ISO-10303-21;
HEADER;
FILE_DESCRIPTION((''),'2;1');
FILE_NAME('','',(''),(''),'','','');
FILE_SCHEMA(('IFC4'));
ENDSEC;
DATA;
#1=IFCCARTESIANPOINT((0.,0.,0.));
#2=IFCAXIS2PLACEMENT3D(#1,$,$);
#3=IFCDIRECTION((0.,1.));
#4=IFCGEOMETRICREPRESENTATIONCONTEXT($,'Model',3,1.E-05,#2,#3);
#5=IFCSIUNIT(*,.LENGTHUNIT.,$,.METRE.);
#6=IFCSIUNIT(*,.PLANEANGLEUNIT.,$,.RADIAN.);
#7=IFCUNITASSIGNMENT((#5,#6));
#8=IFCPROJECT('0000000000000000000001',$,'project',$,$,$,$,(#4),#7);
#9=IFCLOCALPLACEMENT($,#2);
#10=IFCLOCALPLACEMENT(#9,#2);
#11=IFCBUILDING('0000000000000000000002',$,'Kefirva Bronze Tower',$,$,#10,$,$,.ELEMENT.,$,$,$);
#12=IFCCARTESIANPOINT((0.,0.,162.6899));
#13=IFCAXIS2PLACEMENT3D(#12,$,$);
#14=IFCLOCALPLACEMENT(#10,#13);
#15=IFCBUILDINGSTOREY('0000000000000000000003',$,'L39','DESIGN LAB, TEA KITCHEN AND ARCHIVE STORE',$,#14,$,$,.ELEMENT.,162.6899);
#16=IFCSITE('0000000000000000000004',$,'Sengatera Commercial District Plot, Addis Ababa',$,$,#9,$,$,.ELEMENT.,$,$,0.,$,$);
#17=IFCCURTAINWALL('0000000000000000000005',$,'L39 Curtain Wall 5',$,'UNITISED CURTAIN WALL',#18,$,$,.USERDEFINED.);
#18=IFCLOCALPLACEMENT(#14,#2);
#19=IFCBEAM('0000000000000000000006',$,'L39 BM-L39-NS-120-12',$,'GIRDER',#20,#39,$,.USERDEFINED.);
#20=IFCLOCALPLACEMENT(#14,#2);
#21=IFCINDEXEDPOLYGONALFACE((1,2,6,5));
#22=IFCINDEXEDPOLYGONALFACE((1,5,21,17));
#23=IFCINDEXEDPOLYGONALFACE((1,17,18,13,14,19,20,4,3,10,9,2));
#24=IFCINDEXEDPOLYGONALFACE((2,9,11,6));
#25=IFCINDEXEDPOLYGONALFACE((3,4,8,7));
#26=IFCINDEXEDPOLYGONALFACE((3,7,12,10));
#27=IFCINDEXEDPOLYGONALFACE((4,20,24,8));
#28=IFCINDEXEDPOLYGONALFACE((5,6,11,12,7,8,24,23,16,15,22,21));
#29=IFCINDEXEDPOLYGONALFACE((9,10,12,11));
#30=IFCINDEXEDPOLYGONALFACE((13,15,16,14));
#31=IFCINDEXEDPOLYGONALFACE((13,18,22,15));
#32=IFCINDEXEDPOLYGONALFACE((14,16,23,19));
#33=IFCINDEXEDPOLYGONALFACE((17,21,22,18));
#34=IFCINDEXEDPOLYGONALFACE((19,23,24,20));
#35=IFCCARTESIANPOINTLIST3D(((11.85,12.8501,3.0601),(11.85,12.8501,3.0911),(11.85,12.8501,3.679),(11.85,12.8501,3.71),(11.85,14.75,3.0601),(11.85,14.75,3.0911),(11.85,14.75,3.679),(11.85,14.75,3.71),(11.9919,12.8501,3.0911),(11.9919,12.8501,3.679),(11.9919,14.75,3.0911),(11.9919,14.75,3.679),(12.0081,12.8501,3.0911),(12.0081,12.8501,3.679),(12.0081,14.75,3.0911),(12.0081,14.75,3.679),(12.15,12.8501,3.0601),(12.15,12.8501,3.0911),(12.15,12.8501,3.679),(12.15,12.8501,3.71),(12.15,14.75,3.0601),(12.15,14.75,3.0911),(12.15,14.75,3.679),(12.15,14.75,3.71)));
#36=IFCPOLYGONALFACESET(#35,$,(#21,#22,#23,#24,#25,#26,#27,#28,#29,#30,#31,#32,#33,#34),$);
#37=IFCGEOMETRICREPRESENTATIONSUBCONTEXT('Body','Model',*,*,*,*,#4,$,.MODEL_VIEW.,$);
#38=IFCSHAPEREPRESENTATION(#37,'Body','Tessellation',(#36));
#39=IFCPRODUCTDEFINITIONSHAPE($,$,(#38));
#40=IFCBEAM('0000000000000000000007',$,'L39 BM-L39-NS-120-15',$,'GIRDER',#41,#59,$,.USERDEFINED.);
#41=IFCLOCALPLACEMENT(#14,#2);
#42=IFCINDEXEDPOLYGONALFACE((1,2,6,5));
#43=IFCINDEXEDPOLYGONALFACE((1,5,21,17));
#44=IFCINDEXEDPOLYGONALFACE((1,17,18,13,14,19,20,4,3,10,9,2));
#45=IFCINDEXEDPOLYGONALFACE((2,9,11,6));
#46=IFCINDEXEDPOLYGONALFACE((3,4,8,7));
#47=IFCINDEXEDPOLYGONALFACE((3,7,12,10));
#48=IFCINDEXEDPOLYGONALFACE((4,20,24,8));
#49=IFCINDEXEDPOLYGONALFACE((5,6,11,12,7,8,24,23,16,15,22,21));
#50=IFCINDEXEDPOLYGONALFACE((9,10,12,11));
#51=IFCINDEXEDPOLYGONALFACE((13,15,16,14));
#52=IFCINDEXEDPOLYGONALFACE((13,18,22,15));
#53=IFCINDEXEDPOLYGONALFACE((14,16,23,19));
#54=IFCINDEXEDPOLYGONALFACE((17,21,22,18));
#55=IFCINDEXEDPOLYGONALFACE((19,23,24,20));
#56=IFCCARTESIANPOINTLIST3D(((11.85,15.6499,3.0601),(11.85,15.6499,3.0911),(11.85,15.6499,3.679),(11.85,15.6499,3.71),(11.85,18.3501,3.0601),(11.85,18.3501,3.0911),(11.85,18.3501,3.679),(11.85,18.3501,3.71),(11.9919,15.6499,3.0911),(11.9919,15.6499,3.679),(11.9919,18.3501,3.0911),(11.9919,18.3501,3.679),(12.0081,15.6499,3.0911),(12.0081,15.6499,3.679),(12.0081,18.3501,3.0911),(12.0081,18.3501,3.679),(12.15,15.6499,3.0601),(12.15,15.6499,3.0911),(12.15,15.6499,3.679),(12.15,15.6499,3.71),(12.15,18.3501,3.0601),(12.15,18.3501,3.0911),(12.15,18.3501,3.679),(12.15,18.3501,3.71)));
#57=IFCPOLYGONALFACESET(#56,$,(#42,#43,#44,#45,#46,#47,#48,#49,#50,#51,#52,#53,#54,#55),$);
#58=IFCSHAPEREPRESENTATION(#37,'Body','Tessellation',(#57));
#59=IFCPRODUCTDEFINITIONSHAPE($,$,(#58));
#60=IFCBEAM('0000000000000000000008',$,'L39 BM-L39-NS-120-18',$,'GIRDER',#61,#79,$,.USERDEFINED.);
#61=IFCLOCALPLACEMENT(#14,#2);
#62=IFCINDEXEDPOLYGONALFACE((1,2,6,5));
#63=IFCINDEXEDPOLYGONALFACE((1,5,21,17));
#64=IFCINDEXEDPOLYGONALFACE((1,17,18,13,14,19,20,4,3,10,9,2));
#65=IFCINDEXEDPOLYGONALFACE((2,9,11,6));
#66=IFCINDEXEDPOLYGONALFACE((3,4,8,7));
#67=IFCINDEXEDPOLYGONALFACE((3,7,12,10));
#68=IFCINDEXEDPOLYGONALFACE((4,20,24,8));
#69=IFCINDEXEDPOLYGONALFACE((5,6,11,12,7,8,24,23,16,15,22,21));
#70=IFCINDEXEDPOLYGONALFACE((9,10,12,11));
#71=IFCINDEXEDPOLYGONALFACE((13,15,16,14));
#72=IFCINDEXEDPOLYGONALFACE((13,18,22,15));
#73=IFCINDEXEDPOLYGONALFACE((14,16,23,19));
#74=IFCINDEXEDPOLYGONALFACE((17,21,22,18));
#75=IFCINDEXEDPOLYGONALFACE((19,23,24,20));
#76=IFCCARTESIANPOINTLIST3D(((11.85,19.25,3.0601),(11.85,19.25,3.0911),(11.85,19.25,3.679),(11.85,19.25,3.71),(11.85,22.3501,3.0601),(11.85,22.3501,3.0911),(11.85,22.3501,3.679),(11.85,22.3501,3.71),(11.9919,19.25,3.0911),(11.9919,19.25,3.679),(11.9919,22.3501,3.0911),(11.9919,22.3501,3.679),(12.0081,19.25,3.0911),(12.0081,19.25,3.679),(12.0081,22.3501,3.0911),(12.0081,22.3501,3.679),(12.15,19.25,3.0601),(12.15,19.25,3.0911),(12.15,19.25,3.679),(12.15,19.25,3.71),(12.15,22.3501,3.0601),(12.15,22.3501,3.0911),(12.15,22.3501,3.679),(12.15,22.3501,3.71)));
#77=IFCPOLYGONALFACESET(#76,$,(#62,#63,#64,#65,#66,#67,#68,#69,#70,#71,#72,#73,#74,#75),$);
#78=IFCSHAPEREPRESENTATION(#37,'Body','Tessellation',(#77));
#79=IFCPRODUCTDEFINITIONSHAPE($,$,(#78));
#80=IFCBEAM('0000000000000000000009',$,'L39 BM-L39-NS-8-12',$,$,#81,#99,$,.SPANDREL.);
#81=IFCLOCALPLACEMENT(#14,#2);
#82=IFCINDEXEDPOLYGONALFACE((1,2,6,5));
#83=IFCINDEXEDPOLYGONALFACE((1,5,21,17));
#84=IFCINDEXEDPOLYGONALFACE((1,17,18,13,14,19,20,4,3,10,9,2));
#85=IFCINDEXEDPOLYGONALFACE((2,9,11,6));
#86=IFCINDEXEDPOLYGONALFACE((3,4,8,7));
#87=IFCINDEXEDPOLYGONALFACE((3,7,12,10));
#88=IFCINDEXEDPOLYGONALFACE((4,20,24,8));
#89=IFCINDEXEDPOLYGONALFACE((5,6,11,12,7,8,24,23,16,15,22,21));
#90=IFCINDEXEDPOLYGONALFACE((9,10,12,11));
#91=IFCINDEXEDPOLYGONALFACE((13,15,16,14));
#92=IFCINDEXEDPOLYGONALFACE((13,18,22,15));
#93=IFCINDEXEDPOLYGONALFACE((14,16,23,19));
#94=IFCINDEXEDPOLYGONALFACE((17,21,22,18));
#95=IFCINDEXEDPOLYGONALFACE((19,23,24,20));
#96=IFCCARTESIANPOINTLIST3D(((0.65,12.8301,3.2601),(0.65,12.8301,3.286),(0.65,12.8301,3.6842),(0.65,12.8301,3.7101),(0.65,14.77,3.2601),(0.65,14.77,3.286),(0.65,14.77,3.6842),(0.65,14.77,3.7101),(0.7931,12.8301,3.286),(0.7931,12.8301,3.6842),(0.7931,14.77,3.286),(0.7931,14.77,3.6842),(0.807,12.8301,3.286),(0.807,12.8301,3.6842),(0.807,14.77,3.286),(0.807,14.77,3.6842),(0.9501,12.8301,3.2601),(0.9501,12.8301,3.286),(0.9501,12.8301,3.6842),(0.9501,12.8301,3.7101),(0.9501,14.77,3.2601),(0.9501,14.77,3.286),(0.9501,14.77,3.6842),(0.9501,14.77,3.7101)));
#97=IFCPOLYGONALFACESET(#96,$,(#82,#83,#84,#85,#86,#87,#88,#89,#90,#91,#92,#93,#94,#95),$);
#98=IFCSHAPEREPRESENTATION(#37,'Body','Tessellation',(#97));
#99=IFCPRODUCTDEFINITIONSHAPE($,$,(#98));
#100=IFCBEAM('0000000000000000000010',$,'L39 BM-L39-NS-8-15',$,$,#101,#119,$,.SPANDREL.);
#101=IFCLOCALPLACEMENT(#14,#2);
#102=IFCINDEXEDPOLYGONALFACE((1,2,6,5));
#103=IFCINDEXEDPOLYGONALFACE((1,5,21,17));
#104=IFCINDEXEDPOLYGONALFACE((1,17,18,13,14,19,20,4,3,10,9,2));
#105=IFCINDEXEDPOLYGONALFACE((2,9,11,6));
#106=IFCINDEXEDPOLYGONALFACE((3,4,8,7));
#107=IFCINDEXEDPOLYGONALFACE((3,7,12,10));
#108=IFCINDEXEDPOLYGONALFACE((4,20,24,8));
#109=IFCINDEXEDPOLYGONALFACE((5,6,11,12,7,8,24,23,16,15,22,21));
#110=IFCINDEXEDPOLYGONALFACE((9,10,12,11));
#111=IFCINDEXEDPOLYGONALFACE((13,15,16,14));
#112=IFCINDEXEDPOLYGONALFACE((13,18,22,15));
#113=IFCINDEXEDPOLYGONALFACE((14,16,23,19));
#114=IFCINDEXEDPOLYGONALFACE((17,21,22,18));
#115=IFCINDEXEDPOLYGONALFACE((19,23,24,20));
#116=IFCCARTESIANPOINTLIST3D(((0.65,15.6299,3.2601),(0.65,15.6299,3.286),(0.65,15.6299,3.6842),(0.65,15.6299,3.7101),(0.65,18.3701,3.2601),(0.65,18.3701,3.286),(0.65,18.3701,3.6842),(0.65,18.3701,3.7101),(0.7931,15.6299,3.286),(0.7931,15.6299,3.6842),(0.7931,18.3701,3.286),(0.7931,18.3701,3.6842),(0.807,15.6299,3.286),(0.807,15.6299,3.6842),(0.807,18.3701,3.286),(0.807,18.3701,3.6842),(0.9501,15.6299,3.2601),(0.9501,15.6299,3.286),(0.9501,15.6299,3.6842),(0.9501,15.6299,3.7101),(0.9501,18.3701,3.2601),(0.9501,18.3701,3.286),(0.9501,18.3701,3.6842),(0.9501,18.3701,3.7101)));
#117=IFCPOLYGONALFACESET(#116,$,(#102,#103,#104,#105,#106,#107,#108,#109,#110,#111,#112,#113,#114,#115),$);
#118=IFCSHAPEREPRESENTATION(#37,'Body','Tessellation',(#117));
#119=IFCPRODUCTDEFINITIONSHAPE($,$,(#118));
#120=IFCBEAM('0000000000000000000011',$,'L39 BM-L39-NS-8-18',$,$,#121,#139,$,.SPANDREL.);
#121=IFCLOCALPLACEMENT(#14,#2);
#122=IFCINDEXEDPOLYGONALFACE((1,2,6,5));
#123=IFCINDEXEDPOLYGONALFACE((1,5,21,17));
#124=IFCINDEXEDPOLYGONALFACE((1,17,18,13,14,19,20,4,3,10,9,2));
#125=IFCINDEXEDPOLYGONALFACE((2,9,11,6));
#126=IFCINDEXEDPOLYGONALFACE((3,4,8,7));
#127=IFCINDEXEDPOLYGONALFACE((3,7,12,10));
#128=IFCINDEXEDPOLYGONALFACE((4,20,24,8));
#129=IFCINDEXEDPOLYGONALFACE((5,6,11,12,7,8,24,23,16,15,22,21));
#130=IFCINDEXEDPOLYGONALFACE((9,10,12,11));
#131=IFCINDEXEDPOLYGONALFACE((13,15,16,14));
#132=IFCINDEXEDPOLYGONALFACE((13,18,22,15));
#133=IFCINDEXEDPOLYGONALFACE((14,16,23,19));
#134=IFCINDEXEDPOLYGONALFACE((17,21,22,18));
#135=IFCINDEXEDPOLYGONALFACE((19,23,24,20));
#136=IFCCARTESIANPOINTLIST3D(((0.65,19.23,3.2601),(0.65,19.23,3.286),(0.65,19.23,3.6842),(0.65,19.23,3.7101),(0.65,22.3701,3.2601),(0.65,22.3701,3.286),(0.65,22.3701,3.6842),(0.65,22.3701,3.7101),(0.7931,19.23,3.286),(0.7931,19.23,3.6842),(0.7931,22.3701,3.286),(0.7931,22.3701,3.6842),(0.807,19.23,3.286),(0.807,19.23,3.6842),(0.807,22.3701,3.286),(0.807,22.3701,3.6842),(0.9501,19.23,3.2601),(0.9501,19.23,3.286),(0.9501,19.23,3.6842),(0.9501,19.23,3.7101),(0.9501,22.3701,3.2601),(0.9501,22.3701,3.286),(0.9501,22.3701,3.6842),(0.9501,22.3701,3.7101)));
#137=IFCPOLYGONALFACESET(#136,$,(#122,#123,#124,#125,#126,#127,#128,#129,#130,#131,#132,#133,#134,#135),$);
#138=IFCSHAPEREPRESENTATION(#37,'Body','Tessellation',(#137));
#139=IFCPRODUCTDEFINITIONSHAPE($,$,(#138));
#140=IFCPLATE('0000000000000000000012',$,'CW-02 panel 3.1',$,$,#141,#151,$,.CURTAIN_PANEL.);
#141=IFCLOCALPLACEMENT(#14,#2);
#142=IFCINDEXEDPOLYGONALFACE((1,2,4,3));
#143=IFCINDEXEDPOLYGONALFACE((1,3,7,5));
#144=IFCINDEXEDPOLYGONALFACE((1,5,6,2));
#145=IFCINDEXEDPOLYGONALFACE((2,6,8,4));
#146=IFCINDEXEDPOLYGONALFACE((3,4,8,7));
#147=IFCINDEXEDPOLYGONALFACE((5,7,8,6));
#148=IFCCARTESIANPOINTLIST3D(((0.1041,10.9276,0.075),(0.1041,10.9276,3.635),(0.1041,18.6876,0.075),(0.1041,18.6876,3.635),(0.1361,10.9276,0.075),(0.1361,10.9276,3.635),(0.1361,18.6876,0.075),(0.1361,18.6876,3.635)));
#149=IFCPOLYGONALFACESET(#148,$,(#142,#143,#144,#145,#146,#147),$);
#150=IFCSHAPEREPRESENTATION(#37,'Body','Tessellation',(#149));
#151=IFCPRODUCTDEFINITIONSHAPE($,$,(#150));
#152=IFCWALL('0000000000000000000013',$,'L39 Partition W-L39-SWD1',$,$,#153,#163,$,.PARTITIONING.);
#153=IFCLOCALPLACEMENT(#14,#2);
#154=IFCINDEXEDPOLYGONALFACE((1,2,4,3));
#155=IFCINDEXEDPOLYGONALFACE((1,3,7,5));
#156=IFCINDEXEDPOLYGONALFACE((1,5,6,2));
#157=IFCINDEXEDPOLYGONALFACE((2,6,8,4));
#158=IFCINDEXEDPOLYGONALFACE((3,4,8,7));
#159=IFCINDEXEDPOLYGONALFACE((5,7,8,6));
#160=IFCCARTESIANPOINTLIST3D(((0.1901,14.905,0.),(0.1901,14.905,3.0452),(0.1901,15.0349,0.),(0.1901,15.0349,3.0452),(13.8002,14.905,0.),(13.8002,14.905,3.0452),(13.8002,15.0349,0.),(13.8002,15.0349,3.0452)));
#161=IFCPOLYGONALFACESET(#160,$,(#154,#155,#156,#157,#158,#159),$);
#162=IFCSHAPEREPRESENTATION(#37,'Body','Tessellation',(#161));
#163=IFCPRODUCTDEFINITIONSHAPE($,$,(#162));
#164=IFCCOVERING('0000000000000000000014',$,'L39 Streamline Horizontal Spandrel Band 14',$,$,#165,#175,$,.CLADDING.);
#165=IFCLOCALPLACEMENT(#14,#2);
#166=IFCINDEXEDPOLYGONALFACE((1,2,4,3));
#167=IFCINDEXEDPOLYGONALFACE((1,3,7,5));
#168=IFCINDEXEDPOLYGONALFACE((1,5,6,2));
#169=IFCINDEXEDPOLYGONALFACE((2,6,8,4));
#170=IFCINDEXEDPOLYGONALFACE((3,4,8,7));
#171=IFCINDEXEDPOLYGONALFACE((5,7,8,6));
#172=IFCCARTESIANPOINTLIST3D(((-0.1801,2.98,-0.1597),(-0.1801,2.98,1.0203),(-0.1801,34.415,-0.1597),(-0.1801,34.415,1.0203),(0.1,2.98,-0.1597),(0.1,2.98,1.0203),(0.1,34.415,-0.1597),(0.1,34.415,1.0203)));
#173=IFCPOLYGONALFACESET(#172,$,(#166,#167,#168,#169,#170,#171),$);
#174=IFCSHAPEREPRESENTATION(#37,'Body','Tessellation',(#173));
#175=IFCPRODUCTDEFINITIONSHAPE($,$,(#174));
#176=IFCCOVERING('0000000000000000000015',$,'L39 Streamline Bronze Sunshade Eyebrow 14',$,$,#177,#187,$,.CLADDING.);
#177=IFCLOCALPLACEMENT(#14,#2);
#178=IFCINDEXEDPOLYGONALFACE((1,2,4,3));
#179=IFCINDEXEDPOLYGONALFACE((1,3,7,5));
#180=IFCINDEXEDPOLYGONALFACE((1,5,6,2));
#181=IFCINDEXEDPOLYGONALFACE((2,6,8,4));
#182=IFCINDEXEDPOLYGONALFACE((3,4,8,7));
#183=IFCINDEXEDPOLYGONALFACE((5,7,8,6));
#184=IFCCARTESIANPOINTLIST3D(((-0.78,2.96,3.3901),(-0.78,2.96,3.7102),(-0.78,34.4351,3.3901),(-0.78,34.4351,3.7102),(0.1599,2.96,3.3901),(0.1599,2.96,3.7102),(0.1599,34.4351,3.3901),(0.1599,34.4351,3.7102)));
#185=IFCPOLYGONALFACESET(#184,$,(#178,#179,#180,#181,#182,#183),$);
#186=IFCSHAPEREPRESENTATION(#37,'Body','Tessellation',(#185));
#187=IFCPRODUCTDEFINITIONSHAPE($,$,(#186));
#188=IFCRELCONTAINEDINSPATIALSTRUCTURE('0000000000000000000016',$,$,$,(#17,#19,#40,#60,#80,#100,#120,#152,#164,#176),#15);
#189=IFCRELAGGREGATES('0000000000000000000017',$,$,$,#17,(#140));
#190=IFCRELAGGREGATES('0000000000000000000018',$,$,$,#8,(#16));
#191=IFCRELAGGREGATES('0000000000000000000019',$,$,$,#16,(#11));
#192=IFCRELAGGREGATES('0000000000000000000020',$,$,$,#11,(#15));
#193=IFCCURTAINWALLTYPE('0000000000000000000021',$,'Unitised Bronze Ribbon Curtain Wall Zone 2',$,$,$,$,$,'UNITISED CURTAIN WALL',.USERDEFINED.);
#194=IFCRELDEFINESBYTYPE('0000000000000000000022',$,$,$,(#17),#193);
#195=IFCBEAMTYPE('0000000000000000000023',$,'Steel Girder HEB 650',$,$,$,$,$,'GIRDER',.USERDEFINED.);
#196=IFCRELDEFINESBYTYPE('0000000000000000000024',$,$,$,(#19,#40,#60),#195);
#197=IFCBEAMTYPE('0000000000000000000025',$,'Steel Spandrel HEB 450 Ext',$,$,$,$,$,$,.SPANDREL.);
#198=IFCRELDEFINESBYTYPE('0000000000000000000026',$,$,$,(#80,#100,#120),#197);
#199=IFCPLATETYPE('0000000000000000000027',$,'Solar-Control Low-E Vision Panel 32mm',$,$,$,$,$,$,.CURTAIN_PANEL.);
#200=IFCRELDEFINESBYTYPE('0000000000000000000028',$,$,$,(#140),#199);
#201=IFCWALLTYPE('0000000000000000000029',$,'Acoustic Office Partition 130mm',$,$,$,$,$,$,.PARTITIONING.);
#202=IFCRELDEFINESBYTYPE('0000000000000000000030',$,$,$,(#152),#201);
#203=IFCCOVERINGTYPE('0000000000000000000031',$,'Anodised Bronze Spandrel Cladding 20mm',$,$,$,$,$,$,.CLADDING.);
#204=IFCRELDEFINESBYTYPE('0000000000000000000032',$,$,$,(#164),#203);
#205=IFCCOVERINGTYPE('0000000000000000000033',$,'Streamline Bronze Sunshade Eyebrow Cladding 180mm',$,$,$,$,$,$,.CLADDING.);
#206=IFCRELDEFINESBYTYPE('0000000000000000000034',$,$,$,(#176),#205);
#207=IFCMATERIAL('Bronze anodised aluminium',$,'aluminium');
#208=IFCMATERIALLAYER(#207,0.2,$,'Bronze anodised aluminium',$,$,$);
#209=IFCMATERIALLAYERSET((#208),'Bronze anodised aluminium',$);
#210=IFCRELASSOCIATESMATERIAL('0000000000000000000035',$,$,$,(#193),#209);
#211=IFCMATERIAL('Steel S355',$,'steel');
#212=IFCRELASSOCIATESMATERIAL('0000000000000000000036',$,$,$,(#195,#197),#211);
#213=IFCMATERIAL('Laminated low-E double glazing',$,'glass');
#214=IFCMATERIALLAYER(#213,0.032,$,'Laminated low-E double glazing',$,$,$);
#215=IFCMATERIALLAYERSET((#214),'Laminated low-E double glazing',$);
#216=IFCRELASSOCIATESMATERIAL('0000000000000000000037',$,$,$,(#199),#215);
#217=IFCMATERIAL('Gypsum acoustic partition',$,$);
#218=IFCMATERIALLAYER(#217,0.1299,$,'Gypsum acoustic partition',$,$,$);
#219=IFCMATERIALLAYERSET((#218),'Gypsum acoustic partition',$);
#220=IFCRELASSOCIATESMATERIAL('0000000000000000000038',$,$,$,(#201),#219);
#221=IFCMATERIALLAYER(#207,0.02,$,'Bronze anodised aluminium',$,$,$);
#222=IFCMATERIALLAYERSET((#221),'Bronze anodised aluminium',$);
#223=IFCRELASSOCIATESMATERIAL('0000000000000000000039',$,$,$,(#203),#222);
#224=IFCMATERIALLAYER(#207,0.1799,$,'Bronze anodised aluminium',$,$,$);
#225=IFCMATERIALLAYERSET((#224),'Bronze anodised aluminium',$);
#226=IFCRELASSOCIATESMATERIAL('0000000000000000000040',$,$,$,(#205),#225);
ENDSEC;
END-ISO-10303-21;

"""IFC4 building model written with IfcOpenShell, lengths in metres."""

from ifc_helpers import new_model, si_unit, direction, frame, frame_2d, origin, origin_2d, place, context, subcontext, project, spatial, rectangle, i_section, extrude, material, layer, layer_set, material_profile, profile_set, type_object, element, aggregate, save


model = new_model("IFC4")

# Units and contexts
model_context = context("Model", 3, precision=1e-05, world=origin(), true_north=direction((0.0, 1.0)))
body_context = subcontext(model_context, "Body", "Model", "MODEL_VIEW")
ifc_project = project(units=[si_unit("LENGTHUNIT", "METRE"), si_unit("PLANEANGLEUNIT", "RADIAN")], contexts=[model_context])

# Site, building, storey
site_placement = place(None, origin())
site = spatial("IfcSite", under=ifc_project, at=site_placement, Name="Sengatera Commercial District Plot, Addis Ababa", CompositionType="ELEMENT", RefElevation=0.0)
building_placement = place(site_placement, origin())
building = spatial("IfcBuilding", under=site, at=building_placement, Name="Kefirva Bronze Tower", CompositionType="ELEMENT")
storey_placement = place(building_placement, frame((0.0, 0.0, 162.6899)))
storey = spatial("IfcBuildingStorey", under=building, at=storey_placement, Name="L39", Description="DESIGN LAB, TEA KITCHEN AND ARCHIVE STORE", CompositionType="ELEMENT", Elevation=162.6899)

# Curtain wall
ifc_material_1 = material(Name="Bronze anodised aluminium", Category="aluminium")
ifc_layer_1 = layer(ifc_material_1, 0.2, Name="Bronze anodised aluminium")
ifc_layer_set_1 = layer_set([ifc_layer_1], Name="Bronze anodised aluminium")
curtain_wall_type = type_object("IfcCurtainWallType", Name="Unitised Bronze Ribbon Curtain Wall Zone 2", ElementType="UNITISED CURTAIN WALL", PredefinedType="USERDEFINED", material=ifc_layer_set_1)
curtain_wall_placement = place(storey_placement, origin())
curtain_wall = element("IfcCurtainWall", 1, at=curtain_wall_placement, inside=storey, type_object=curtain_wall_type, Name="L39 Curtain Wall 5", ObjectType="UNITISED CURTAIN WALL", PredefinedType="USERDEFINED")

# Beams
ifc_material_2 = material(Name="Steel S355", Category="steel")
ifc_material_profile_1 = material_profile(ifc_material_2, i_section(OverallWidth=0.3, OverallDepth=0.6499, WebThickness=0.0161, FlangeThickness=0.031, at=origin_2d()), Name="HEB 650")
ifc_profile_set_1 = profile_set([ifc_material_profile_1], Name="Steel S355")
beam_type_1 = type_object("IfcBeamType", Name="Steel Girder HEB 650", ElementType="GIRDER", PredefinedType="USERDEFINED", material=ifc_profile_set_1)
beam_1_placement = place(storey_placement, frame((12.0, 12.8501, 3.385), z_axis=(0.0, 1.0, 0.0), x_axis=(-1.0, 0.0, 0.0)))
element("IfcBeam", 2, at=beam_1_placement, inside=storey, type_object=beam_type_1, Name="L39 BM-L39-NS-120-12", ObjectType="GIRDER", PredefinedType="USERDEFINED", context=body_context, shape_type="SweptSolid", body=[
    extrude(i_section(OverallWidth=0.3, OverallDepth=0.6499, WebThickness=0.0161, FlangeThickness=0.031, at=origin_2d()), origin(), (0.0, 0.0, 1.0), 1.8999),
])
beam_2_placement = place(storey_placement, frame((12.0, 15.6499, 3.385), z_axis=(0.0, 1.0, 0.0), x_axis=(-1.0, 0.0, 0.0)))
element("IfcBeam", 3, at=beam_2_placement, inside=storey, type_object=beam_type_1, Name="L39 BM-L39-NS-120-15", ObjectType="GIRDER", PredefinedType="USERDEFINED", context=body_context, shape_type="SweptSolid", body=[
    extrude(i_section(OverallWidth=0.3, OverallDepth=0.6499, WebThickness=0.0161, FlangeThickness=0.031, at=origin_2d()), origin(), (0.0, 0.0, 1.0), 2.7002),
])
beam_3_placement = place(storey_placement, frame((12.0, 19.25, 3.385), z_axis=(0.0, 1.0, 0.0), x_axis=(-1.0, 0.0, 0.0)))
element("IfcBeam", 4, at=beam_3_placement, inside=storey, type_object=beam_type_1, Name="L39 BM-L39-NS-120-18", ObjectType="GIRDER", PredefinedType="USERDEFINED", context=body_context, shape_type="SweptSolid", body=[
    extrude(i_section(OverallWidth=0.3, OverallDepth=0.6499, WebThickness=0.0161, FlangeThickness=0.031, at=origin_2d()), origin(), (0.0, 0.0, 1.0), 3.1001),
])
ifc_material_profile_2 = material_profile(ifc_material_2, i_section(OverallWidth=0.3, OverallDepth=0.45, WebThickness=0.0139, FlangeThickness=0.0259, at=origin_2d()), Name="HEB 450")
ifc_profile_set_2 = profile_set([ifc_material_profile_2], Name="Steel S355")
beam_type_2 = type_object("IfcBeamType", Name="Steel Spandrel HEB 450 Ext", PredefinedType="SPANDREL", material=ifc_profile_set_2)
beam_4_placement = place(storey_placement, frame((0.8, 12.8301, 3.4851), z_axis=(0.0, 1.0, 0.0), x_axis=(-1.0, 0.0, 0.0)))
element("IfcBeam", 5, at=beam_4_placement, inside=storey, type_object=beam_type_2, Name="L39 BM-L39-NS-8-12", PredefinedType="SPANDREL", context=body_context, shape_type="SweptSolid", body=[
    extrude(i_section(OverallWidth=0.3, OverallDepth=0.45, WebThickness=0.0139, FlangeThickness=0.0259, at=origin_2d()), origin(), (0.0, 0.0, 1.0), 1.9399),
])
beam_5_placement = place(storey_placement, frame((0.8, 15.6299, 3.4851), z_axis=(0.0, 1.0, 0.0), x_axis=(-1.0, 0.0, 0.0)))
element("IfcBeam", 6, at=beam_5_placement, inside=storey, type_object=beam_type_2, Name="L39 BM-L39-NS-8-15", PredefinedType="SPANDREL", context=body_context, shape_type="SweptSolid", body=[
    extrude(i_section(OverallWidth=0.3, OverallDepth=0.45, WebThickness=0.0139, FlangeThickness=0.0259, at=origin_2d()), origin(), (0.0, 0.0, 1.0), 2.7402),
])
beam_6_placement = place(storey_placement, frame((0.8, 19.23, 3.4851), z_axis=(0.0, 1.0, 0.0), x_axis=(-1.0, 0.0, 0.0)))
element("IfcBeam", 7, at=beam_6_placement, inside=storey, type_object=beam_type_2, Name="L39 BM-L39-NS-8-18", PredefinedType="SPANDREL", context=body_context, shape_type="SweptSolid", body=[
    extrude(i_section(OverallWidth=0.3, OverallDepth=0.45, WebThickness=0.0139, FlangeThickness=0.0259, at=origin_2d()), origin(), (0.0, 0.0, 1.0), 3.1401),
])

# Plate
ifc_material_3 = material(Name="Laminated low-E double glazing", Category="glass")
ifc_layer_2 = layer(ifc_material_3, 0.032, Name="Laminated low-E double glazing")
ifc_layer_set_2 = layer_set([ifc_layer_2], Name="Laminated low-E double glazing")
plate_type = type_object("IfcPlateType", Name="Solar-Control Low-E Vision Panel 32mm", PredefinedType="CURTAIN_PANEL", material=ifc_layer_set_2)
plate_placement = place(storey_placement, frame((0.1201, 14.8076, 0.075), z_axis=(0.0, 0.0, 1.0), x_axis=(0.0, -1.0, 0.0)))
plate = element("IfcPlate", 8, at=plate_placement, type_object=plate_type, Name="CW-02 panel 3.1", PredefinedType="CURTAIN_PANEL", context=body_context, shape_type="SweptSolid", body=[
    extrude(rectangle(XDim=7.76, YDim=0.032, at=origin_2d()), origin(), (0.0, 0.0, 1.0), 3.5601),
])
aggregate(curtain_wall, [plate])

# Wall
ifc_material_4 = material(Name="Gypsum acoustic partition")
ifc_layer_3 = layer(ifc_material_4, 0.1299, Name="Gypsum acoustic partition")
ifc_layer_set_3 = layer_set([ifc_layer_3], Name="Gypsum acoustic partition")
wall_type = type_object("IfcWallType", Name="Acoustic Office Partition 130mm", PredefinedType="PARTITIONING", material=ifc_layer_set_3)
wall_placement = place(storey_placement, frame((0.1899, 14.97, 0.0), z_axis=(0.0, 0.0, 1.0), x_axis=(1.0, 0.0, 0.0)))
element("IfcWall", 9, at=wall_placement, inside=storey, type_object=wall_type, Name="L39 Partition W-L39-SWD1", PredefinedType="PARTITIONING", context=body_context, shape_type="SweptSolid", body=[
    extrude(rectangle(XDim=13.6101, YDim=0.1299, at=frame_2d((6.8052, 0.0))), origin(), (0.0, 0.0, 1.0), 3.0452),
])

# Coverings
ifc_layer_4 = layer(ifc_material_1, 0.02, Name="Bronze anodised aluminium")
ifc_layer_set_4 = layer_set([ifc_layer_4], Name="Bronze anodised aluminium")
covering_type_1 = type_object("IfcCoveringType", Name="Anodised Bronze Spandrel Cladding 20mm", PredefinedType="CLADDING", material=ifc_layer_set_4)
covering_1_placement = place(storey_placement, frame((-0.04, 18.6975, -0.1597), z_axis=(0.0, 0.0, 1.0), x_axis=(0.0, -1.0, 0.0)))
element("IfcCovering", 10, at=covering_1_placement, inside=storey, type_object=covering_type_1, Name="L39 Streamline Horizontal Spandrel Band 14", PredefinedType="CLADDING", context=body_context, shape_type="SweptSolid", body=[
    extrude(rectangle(XDim=31.4351, YDim=0.28, at=origin_2d()), origin(), (0.0, 0.0, 1.0), 1.1799),
])
ifc_layer_5 = layer(ifc_material_1, 0.1799, Name="Bronze anodised aluminium")
ifc_layer_set_5 = layer_set([ifc_layer_5], Name="Bronze anodised aluminium")
covering_type_2 = type_object("IfcCoveringType", Name="Streamline Bronze Sunshade Eyebrow Cladding 180mm", PredefinedType="CLADDING", material=ifc_layer_set_5)
covering_2_placement = place(storey_placement, frame((-0.3101, 18.6975, 3.3901), z_axis=(0.0, 0.0, 1.0), x_axis=(0.0, -1.0, 0.0)))
element("IfcCovering", 11, at=covering_2_placement, inside=storey, type_object=covering_type_2, Name="L39 Streamline Bronze Sunshade Eyebrow 14", PredefinedType="CLADDING", context=body_context, shape_type="SweptSolid", body=[
    extrude(rectangle(XDim=31.4751, YDim=0.9399, at=origin_2d()), origin(), (0.0, 0.0, 1.0), 0.3201),
])

save(model, "model.ifc")
